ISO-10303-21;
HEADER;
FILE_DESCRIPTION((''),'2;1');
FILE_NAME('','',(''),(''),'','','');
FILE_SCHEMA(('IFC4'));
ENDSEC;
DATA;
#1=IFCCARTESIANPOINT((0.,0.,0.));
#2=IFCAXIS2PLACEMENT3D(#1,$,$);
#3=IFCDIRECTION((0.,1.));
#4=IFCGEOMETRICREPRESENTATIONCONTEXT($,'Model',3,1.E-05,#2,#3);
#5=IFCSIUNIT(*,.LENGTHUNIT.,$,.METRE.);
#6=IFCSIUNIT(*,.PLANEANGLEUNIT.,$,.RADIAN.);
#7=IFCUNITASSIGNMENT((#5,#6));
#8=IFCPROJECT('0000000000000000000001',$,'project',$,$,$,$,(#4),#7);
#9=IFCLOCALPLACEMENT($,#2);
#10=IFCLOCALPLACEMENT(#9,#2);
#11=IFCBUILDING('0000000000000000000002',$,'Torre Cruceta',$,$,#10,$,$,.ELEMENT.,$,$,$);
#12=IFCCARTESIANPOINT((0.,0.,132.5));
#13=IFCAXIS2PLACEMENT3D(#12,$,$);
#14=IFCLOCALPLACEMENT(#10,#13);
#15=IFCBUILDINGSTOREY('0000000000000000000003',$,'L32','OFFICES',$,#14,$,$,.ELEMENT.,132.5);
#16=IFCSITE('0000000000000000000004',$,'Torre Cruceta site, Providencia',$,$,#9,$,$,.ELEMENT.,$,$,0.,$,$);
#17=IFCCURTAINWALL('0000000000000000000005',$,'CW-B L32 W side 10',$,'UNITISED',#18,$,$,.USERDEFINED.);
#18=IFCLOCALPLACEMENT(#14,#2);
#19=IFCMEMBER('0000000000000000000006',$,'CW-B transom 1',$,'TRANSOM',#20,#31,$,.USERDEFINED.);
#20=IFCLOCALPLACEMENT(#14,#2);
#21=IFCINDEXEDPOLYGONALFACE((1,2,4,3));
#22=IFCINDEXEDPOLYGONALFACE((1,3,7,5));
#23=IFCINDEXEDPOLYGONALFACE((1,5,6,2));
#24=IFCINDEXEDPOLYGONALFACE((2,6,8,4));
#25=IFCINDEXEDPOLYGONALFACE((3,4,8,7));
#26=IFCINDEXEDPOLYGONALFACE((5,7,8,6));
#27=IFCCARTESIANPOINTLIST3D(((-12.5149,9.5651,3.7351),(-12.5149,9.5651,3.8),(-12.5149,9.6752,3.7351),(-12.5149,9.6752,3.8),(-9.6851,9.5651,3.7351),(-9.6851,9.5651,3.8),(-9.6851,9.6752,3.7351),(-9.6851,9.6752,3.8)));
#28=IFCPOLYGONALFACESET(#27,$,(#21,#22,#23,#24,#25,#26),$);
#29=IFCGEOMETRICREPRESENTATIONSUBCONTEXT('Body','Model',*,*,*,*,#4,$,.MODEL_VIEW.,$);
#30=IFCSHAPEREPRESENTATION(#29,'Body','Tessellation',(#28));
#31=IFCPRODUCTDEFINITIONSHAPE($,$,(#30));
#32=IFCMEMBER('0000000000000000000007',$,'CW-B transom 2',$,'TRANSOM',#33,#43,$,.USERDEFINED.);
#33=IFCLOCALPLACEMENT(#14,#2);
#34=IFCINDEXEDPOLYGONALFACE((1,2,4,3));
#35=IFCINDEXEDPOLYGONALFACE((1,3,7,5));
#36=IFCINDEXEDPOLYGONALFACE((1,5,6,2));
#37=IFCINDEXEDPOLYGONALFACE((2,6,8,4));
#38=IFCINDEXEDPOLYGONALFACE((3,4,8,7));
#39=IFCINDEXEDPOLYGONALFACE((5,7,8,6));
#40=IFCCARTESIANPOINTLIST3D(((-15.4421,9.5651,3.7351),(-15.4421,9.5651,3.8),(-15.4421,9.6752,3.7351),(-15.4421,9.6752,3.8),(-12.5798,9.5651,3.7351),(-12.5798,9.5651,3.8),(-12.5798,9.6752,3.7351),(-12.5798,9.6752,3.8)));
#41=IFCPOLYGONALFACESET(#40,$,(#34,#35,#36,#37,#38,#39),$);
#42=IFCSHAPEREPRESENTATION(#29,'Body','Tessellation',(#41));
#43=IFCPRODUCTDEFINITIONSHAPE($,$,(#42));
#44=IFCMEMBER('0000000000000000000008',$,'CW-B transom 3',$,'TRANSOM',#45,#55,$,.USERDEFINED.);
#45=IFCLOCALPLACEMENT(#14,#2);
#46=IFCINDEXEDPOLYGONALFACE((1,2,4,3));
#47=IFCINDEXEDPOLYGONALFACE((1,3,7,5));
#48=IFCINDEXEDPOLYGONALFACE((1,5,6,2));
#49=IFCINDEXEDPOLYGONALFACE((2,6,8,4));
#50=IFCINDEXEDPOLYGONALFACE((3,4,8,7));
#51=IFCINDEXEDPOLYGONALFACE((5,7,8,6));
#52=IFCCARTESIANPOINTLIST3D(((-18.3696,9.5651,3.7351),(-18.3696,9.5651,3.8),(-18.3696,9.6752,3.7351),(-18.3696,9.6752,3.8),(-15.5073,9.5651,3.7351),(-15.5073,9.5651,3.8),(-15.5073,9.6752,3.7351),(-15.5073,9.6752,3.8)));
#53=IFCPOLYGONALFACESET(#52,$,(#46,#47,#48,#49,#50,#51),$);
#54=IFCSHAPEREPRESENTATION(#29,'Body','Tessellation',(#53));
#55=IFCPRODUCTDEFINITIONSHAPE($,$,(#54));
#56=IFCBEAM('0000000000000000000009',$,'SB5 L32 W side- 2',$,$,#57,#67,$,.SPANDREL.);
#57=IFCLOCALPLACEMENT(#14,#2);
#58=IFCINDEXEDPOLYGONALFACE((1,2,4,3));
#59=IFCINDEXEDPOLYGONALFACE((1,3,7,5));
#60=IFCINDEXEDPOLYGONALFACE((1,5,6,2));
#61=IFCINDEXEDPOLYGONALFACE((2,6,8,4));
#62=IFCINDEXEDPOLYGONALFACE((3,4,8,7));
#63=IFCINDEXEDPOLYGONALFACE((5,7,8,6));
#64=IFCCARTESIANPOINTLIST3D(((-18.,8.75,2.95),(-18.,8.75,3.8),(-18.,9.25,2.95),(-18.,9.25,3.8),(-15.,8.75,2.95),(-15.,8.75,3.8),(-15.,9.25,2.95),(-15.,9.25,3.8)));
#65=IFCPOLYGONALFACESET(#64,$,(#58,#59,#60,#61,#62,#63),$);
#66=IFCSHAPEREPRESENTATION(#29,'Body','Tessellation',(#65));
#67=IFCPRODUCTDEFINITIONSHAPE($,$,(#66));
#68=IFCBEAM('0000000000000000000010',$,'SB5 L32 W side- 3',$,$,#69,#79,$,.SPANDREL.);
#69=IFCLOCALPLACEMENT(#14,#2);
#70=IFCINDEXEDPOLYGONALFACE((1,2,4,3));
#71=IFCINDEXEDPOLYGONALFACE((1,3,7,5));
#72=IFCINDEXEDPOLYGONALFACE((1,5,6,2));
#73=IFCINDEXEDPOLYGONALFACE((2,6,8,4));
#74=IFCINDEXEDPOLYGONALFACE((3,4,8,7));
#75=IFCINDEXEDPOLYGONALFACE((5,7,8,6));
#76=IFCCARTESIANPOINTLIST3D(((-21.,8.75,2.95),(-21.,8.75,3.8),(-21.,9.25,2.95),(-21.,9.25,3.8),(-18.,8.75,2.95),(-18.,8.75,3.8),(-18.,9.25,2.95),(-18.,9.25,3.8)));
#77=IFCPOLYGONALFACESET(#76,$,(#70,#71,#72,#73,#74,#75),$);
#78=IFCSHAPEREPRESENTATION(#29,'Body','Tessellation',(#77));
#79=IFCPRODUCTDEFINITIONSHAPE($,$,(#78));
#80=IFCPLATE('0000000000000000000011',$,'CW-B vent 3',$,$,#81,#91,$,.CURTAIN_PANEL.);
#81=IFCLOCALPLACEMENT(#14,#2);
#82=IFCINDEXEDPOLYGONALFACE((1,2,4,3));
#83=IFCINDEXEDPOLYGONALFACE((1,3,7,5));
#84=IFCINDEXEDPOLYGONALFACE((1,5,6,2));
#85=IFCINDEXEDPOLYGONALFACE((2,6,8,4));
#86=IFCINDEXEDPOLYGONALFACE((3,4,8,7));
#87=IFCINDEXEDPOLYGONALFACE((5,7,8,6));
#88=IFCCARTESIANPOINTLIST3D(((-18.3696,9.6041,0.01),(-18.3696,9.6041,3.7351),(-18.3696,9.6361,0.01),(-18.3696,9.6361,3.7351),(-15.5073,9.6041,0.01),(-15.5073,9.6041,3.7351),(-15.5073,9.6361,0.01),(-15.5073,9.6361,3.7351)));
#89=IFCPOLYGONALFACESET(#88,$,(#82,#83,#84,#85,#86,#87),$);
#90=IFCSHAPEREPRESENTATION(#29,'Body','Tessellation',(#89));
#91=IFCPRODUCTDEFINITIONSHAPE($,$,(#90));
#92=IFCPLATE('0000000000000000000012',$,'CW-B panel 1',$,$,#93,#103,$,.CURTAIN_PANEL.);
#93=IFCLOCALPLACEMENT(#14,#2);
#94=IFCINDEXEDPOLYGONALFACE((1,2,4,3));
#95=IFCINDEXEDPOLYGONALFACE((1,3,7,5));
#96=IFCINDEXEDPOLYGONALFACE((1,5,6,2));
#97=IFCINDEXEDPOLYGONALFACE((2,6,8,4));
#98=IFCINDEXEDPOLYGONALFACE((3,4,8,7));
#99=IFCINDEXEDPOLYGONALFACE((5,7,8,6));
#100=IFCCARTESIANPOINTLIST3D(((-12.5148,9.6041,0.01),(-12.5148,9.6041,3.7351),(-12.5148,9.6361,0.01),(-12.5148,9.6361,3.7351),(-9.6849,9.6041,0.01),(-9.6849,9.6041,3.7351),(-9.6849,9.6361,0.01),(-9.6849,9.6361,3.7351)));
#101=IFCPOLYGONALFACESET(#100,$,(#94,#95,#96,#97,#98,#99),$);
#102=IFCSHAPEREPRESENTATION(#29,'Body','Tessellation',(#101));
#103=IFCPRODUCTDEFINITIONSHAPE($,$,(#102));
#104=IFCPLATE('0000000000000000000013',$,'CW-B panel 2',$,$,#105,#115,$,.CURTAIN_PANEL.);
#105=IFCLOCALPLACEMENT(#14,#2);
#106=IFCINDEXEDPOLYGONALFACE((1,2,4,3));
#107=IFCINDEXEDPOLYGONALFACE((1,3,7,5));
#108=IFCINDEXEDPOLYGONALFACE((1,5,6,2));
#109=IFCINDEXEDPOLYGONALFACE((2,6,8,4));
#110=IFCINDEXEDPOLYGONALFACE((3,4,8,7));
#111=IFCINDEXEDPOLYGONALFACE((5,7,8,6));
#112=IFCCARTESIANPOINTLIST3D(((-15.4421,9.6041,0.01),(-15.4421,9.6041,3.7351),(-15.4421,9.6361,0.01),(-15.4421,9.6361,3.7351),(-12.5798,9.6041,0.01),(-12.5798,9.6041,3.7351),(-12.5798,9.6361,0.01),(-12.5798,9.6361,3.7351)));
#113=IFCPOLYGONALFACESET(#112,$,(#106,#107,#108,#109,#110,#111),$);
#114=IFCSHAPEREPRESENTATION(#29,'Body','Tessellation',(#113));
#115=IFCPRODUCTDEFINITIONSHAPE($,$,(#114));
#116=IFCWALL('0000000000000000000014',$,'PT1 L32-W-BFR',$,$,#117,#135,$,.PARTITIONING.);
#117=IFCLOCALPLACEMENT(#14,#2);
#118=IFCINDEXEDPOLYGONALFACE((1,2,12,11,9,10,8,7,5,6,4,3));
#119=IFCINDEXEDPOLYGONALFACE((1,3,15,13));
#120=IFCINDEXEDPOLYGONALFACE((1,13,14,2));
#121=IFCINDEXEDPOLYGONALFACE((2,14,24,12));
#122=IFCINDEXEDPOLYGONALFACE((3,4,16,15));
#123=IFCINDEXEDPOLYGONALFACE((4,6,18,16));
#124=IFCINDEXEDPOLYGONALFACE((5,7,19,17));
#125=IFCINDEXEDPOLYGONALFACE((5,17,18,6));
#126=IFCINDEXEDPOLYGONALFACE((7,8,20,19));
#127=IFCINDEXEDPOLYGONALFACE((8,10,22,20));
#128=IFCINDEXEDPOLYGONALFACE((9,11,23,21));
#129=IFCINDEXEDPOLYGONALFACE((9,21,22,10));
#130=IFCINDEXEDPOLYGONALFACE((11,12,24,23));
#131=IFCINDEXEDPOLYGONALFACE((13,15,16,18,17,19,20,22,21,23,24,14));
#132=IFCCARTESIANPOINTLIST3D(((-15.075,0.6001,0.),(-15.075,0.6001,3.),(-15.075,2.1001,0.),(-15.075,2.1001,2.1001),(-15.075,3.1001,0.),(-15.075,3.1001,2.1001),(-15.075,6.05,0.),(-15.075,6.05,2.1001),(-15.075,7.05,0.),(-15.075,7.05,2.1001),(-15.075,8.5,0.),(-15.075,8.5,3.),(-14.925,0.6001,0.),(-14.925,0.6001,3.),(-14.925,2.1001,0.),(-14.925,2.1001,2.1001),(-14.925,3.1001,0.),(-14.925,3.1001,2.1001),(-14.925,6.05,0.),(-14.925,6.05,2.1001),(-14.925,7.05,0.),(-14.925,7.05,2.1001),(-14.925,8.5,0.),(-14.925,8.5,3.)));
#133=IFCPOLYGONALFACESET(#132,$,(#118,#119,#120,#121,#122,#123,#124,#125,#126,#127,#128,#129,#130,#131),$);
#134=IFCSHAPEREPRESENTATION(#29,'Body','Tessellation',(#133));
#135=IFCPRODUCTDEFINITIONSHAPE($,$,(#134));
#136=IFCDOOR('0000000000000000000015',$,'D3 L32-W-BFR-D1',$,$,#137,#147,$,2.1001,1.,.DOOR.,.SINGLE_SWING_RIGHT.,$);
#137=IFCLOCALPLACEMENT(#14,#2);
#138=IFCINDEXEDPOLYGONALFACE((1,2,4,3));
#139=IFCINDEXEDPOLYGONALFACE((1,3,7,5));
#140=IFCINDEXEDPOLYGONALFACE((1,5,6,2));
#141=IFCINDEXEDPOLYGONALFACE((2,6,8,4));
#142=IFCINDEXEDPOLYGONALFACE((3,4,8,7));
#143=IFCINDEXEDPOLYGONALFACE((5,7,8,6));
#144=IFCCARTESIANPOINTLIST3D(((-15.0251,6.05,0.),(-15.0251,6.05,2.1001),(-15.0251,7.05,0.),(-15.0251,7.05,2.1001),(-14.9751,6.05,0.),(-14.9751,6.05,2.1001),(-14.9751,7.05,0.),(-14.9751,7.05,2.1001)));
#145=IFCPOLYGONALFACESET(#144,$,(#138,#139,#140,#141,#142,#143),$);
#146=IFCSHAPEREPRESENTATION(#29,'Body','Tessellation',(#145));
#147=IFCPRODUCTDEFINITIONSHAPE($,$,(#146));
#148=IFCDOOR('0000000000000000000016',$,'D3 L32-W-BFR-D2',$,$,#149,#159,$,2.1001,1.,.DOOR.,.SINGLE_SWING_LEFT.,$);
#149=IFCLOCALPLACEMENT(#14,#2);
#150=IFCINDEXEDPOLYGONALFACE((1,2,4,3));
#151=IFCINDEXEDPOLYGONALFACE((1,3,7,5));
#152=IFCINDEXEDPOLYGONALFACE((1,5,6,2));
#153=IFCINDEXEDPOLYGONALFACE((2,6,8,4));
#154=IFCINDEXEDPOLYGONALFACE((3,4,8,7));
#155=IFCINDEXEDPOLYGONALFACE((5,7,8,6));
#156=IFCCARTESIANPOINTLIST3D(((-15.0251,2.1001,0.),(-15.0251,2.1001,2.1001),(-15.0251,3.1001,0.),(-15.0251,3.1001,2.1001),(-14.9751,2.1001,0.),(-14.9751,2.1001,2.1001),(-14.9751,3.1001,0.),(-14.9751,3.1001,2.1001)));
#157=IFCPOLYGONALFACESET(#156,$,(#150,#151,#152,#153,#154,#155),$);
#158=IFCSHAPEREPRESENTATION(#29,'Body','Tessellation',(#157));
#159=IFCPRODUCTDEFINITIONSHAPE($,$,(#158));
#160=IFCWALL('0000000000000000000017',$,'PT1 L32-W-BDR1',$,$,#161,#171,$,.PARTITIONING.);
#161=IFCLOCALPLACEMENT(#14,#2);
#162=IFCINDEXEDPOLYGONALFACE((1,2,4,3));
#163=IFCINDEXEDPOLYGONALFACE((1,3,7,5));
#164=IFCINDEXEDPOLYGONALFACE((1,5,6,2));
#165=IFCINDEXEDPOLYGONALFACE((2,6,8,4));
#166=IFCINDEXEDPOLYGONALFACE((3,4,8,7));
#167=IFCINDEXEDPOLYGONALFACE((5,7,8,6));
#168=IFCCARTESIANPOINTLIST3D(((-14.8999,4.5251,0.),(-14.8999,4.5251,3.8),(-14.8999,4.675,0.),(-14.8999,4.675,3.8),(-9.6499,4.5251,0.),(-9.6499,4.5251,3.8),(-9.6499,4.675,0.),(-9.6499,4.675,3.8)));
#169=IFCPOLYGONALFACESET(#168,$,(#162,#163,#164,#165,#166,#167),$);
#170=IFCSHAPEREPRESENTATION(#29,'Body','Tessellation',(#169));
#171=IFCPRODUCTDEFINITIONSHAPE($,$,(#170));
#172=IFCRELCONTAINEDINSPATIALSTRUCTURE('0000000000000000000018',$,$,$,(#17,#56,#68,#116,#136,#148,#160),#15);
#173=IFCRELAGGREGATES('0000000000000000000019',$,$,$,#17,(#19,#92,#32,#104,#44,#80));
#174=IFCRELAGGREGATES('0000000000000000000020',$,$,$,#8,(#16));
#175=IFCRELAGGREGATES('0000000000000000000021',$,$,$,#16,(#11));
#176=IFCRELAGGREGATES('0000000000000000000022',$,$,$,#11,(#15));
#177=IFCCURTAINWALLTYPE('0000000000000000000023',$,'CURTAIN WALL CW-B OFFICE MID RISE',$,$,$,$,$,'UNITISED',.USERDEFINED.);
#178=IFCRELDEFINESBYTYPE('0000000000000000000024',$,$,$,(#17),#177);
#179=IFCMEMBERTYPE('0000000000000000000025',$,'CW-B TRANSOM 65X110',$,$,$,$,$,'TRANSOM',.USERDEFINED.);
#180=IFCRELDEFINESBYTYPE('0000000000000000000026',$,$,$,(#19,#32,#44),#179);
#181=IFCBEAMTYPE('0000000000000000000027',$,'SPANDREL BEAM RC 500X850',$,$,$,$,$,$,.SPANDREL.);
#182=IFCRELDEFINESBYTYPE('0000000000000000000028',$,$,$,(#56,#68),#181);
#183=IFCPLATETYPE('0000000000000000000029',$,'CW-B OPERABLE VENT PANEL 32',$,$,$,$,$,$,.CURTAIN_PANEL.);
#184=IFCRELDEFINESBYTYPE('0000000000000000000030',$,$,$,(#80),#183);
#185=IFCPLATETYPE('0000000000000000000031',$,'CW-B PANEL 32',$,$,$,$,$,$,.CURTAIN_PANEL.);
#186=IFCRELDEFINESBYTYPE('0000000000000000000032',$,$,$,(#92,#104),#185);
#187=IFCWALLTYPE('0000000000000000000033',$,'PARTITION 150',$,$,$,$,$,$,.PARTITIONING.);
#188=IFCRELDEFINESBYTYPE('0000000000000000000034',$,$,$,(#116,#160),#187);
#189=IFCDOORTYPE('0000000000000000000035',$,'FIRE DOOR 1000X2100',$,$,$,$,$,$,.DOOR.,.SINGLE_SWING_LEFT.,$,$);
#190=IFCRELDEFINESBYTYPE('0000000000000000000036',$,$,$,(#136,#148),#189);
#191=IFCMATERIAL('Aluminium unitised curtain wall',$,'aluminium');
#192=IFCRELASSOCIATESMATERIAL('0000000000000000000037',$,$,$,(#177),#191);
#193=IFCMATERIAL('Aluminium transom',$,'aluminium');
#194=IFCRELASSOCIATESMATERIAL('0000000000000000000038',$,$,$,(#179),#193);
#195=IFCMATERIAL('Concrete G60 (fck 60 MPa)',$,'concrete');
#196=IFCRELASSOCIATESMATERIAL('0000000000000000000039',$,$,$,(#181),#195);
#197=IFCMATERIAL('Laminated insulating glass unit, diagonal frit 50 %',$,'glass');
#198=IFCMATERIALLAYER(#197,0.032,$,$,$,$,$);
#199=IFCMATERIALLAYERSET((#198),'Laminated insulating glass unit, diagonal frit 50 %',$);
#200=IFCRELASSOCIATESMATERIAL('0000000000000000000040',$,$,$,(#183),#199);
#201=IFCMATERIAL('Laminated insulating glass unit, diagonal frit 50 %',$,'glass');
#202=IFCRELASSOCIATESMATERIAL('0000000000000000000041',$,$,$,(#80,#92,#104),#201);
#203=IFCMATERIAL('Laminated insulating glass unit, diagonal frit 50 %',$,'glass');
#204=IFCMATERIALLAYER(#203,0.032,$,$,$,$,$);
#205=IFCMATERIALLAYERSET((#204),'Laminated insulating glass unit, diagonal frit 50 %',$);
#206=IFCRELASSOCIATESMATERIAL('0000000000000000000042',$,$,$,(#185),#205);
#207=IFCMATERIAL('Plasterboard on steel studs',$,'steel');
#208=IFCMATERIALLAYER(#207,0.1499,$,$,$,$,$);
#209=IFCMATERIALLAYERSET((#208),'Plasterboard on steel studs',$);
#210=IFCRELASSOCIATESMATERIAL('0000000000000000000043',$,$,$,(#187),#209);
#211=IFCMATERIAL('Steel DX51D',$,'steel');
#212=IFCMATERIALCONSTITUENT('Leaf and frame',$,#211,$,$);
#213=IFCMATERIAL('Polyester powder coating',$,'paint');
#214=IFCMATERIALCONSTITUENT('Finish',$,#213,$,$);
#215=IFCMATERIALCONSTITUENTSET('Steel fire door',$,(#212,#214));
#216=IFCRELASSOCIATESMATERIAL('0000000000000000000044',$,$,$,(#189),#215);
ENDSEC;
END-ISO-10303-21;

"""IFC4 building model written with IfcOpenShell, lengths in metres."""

from ifc_helpers import new_model, si_unit, direction, frame, frame_2d, origin, origin_2d, place, context, subcontext, project, spatial, rectangle, extrude, material, layer, layer_set, constituent, constituent_set, material_profile, profile_set, type_object, element, fill, aggregate, save


model = new_model("IFC4")

# Units and contexts
model_context = context("Model", 3, precision=1e-05, world=origin(), true_north=direction((0.0, 1.0)))
body_context = subcontext(model_context, "Body", "Model", "MODEL_VIEW")
ifc_project = project(units=[si_unit("LENGTHUNIT", "METRE"), si_unit("PLANEANGLEUNIT", "RADIAN")], contexts=[model_context])

# Site, building, storey
site_placement = place(None, origin())
site = spatial("IfcSite", under=ifc_project, at=site_placement, Name="Torre Cruceta site, Providencia", CompositionType="ELEMENT", RefElevation=0.0)
building_placement = place(site_placement, origin())
building = spatial("IfcBuilding", under=site, at=building_placement, Name="Torre Cruceta", CompositionType="ELEMENT")
storey_placement = place(building_placement, frame((0.0, 0.0, 132.5)))
storey = spatial("IfcBuildingStorey", under=building, at=storey_placement, Name="L32", Description="OFFICES", CompositionType="ELEMENT", Elevation=132.5)

# Curtain wall, members
ifc_material_1 = material(Name="Aluminium unitised curtain wall", Category="aluminium")
curtain_wall_type = type_object("IfcCurtainWallType", Name="CURTAIN WALL CW-B OFFICE MID RISE", ElementType="UNITISED", PredefinedType="USERDEFINED", material=ifc_material_1)
curtain_wall_placement = place(storey_placement, origin())
curtain_wall = element("IfcCurtainWall", 1, at=curtain_wall_placement, inside=storey, type_object=curtain_wall_type, Name="CW-B L32 W side 10", ObjectType="UNITISED", PredefinedType="USERDEFINED")
ifc_material_2 = material(Name="Aluminium transom", Category="aluminium")
ifc_material_profile_1 = material_profile(ifc_material_2, rectangle(XDim=0.1101, YDim=0.0649, at=origin_2d()), Name="AL 110X65")
ifc_profile_set_1 = profile_set([ifc_material_profile_1], Name="Aluminium transom")
member_type_1 = type_object("IfcMemberType", Name="CW-B TRANSOM 65X110", ElementType="TRANSOM", PredefinedType="USERDEFINED", material=ifc_profile_set_1)
member_1_placement = place(storey_placement, frame((-9.6851, 9.6201, 3.7676), z_axis=(-1.0, 0.0, 0.0), x_axis=(0.0, -1.0, 0.0)))
member_1 = element("IfcMember", 2, at=member_1_placement, type_object=member_type_1, Name="CW-B transom 1", ObjectType="TRANSOM", PredefinedType="USERDEFINED", context=body_context, shape_type="SweptSolid", body=[
    extrude(rectangle(XDim=0.1101, YDim=0.0649, at=origin_2d()), origin(), (0.0, 0.0, 1.0), 2.8298),
])
member_2_placement = place(storey_placement, frame((-12.5798, 9.6201, 3.7676), z_axis=(-1.0, 0.0, 0.0), x_axis=(0.0, -1.0, 0.0)))
member_2 = element("IfcMember", 3, at=member_2_placement, type_object=member_type_1, Name="CW-B transom 2", ObjectType="TRANSOM", PredefinedType="USERDEFINED", context=body_context, shape_type="SweptSolid", body=[
    extrude(rectangle(XDim=0.1101, YDim=0.0649, at=origin_2d()), origin(), (0.0, 0.0, 1.0), 2.8623),
])
member_3_placement = place(storey_placement, frame((-15.5073, 9.6201, 3.7676), z_axis=(-1.0, 0.0, 0.0), x_axis=(0.0, -1.0, 0.0)))
member_3 = element("IfcMember", 4, at=member_3_placement, type_object=member_type_1, Name="CW-B transom 3", ObjectType="TRANSOM", PredefinedType="USERDEFINED", context=body_context, shape_type="SweptSolid", body=[
    extrude(rectangle(XDim=0.1101, YDim=0.0649, at=origin_2d()), origin(), (0.0, 0.0, 1.0), 2.8623),
])

# Beams
ifc_material_3 = material(Name="Concrete G60 (fck 60 MPa)", Category="concrete")
ifc_material_profile_2 = material_profile(ifc_material_3, rectangle(XDim=0.5, YDim=0.8501, at=origin_2d()), Name="RC 500X850")
ifc_profile_set_2 = profile_set([ifc_material_profile_2], Name="Concrete G60 (fck 60 MPa)")
beam_type_1 = type_object("IfcBeamType", Name="SPANDREL BEAM RC 500X850", PredefinedType="SPANDREL", material=ifc_profile_set_2)
for number, where, z_axis, x_axis, name in (
    (5, (-15.0, 9.0, 3.375), (-1.0, 0.0, 0.0), (0.0, -1.0, 0.0), "SB5 L32 W side- 2"),
    (6, (-18.0, 9.0, 3.375), (-1.0, 0.0, 0.0), (0.0, -1.0, 0.0), "SB5 L32 W side- 3"),
):
    element("IfcBeam", number, at=place(storey_placement, frame(where, z_axis=z_axis, x_axis=x_axis)), inside=storey, type_object=beam_type_1, Name=name, PredefinedType="SPANDREL", context=body_context, shape_type="SweptSolid", body=[
        extrude(rectangle(XDim=0.5, YDim=0.8501, at=origin_2d()), origin(), (0.0, 0.0, 1.0), 3.0),
    ])

# Plates
ifc_material_4 = material(Name="Laminated insulating glass unit, diagonal frit 50 %", Category="glass")
ifc_material_5 = material(Name="Laminated insulating glass unit, diagonal frit 50 %", Category="glass")
ifc_layer_1 = layer(ifc_material_5, 0.032)
ifc_layer_set_1 = layer_set([ifc_layer_1], Name="Laminated insulating glass unit, diagonal frit 50 %")
plate_type_1 = type_object("IfcPlateType", Name="CW-B OPERABLE VENT PANEL 32", PredefinedType="CURTAIN_PANEL", material=ifc_layer_set_1)
plate_1_placement = place(storey_placement, frame((-16.9385, 9.6201, 0.01), z_axis=(0.0, 0.0, 1.0), x_axis=(-1.0, 0.0, 0.0)))
plate_1 = element("IfcPlate", 7, at=plate_1_placement, type_object=plate_type_1, material=ifc_material_4, Name="CW-B vent 3", PredefinedType="CURTAIN_PANEL", context=body_context, shape_type="SweptSolid", body=[
    extrude(rectangle(XDim=2.8623, YDim=0.032, at=origin_2d()), origin(), (0.0, 0.0, 1.0), 3.7251),
])
ifc_material_6 = material(Name="Laminated insulating glass unit, diagonal frit 50 %", Category="glass")
ifc_layer_2 = layer(ifc_material_6, 0.032)
ifc_layer_set_2 = layer_set([ifc_layer_2], Name="Laminated insulating glass unit, diagonal frit 50 %")
plate_type_2 = type_object("IfcPlateType", Name="CW-B PANEL 32", PredefinedType="CURTAIN_PANEL", material=ifc_layer_set_2)
plate_2_placement = place(storey_placement, frame((-11.0999, 9.6201, 0.01), z_axis=(0.0, 0.0, 1.0), x_axis=(-1.0, 0.0, 0.0)))
plate_2 = element("IfcPlate", 8, at=plate_2_placement, type_object=plate_type_2, material=ifc_material_4, Name="CW-B panel 1", PredefinedType="CURTAIN_PANEL", context=body_context, shape_type="SweptSolid", body=[
    extrude(rectangle(XDim=2.8298, YDim=0.032, at=origin_2d()), origin(), (0.0, 0.0, 1.0), 3.7251),
])
plate_3_placement = place(storey_placement, frame((-14.011, 9.6201, 0.01), z_axis=(0.0, 0.0, 1.0), x_axis=(-1.0, 0.0, 0.0)))
plate_3 = element("IfcPlate", 9, at=plate_3_placement, type_object=plate_type_2, material=ifc_material_4, Name="CW-B panel 2", PredefinedType="CURTAIN_PANEL", context=body_context, shape_type="SweptSolid", body=[
    extrude(rectangle(XDim=2.8623, YDim=0.032, at=origin_2d()), origin(), (0.0, 0.0, 1.0), 3.7251),
])
aggregate(curtain_wall, [member_1, plate_2, member_2, plate_3, member_3, plate_1])

# Wall, openings, doors
ifc_material_7 = material(Name="Plasterboard on steel studs", Category="steel")
ifc_layer_3 = layer(ifc_material_7, 0.1499)
ifc_layer_set_3 = layer_set([ifc_layer_3], Name="Plasterboard on steel studs")
wall_type = type_object("IfcWallType", Name="PARTITION 150", PredefinedType="PARTITIONING", material=ifc_layer_set_3)
wall_1_placement = place(storey_placement, frame((-15.0, 8.5, 0.0), z_axis=(0.0, 0.0, 1.0), x_axis=(0.0, -1.0, 0.0)))
wall_1 = element("IfcWall", 10, at=wall_1_placement, inside=storey, type_object=wall_type, Name="PT1 L32-W-BFR", PredefinedType="PARTITIONING", context=body_context, shape_type="SweptSolid", body=[
    extrude(rectangle(XDim=7.8999, YDim=0.1499, at=frame_2d((3.95, 0.0))), origin(), (0.0, 0.0, 1.0), 3.0),
])
opening_1_placement = place(wall_1_placement, frame((1.45, 0.0, 0.0)))
opening_1 = element("IfcOpeningElement", 11, at=opening_1_placement, cuts=wall_1, PredefinedType="OPENING", context=body_context, shape_type="SweptSolid", body=[
    extrude(rectangle(XDim=1.0, YDim=2.1001, at=frame_2d((0.5, 1.05))), frame((0.0, 0.085, 0.0), z_axis=(0.0, -1.0, 0.0), x_axis=(1.0, 0.0, 0.0)), (0.0, 0.0, 1.0), 0.1699),
])
opening_2_placement = place(wall_1_placement, frame((5.3999, 0.0, 0.0)))
opening_2 = element("IfcOpeningElement", 12, at=opening_2_placement, cuts=wall_1, PredefinedType="OPENING", context=body_context, shape_type="SweptSolid", body=[
    extrude(rectangle(XDim=1.0, YDim=2.1001, at=frame_2d((0.5, 1.05))), frame((0.0, 0.085, 0.0), z_axis=(0.0, -1.0, 0.0), x_axis=(1.0, 0.0, 0.0)), (0.0, 0.0, 1.0), 0.1699),
])
ifc_material_8 = material(Name="Steel DX51D", Category="steel")
ifc_constituent_1 = constituent(ifc_material_8, Name="Leaf and frame")
ifc_material_9 = material(Name="Polyester powder coating", Category="paint")
ifc_constituent_2 = constituent(ifc_material_9, Name="Finish")
ifc_constituent_set = constituent_set(constituents=[ifc_constituent_1, ifc_constituent_2], Name="Steel fire door")
door_type = type_object("IfcDoorType", Name="FIRE DOOR 1000X2100", OperationType="SINGLE_SWING_LEFT", PredefinedType="DOOR", material=ifc_constituent_set)
door_1_placement = place(opening_1_placement, origin())
door_1 = element("IfcDoor", 13, at=door_1_placement, inside=storey, type_object=door_type, Name="D3 L32-W-BFR-D1", OperationType="SINGLE_SWING_RIGHT", OverallHeight=2.1001, OverallWidth=1.0, PredefinedType="DOOR", context=body_context, shape_type="SweptSolid", body=[
    extrude(rectangle(XDim=1.0, YDim=2.1001, at=frame_2d((0.5, 1.05))), frame((0.0, 0.0249, 0.0), z_axis=(0.0, -1.0, 0.0), x_axis=(1.0, 0.0, 0.0)), (0.0, 0.0, 1.0), 0.05),
])
fill(opening_1, door_1)
door_2_placement = place(opening_2_placement, origin())
door_2 = element("IfcDoor", 14, at=door_2_placement, inside=storey, type_object=door_type, Name="D3 L32-W-BFR-D2", OperationType="SINGLE_SWING_LEFT", OverallHeight=2.1001, OverallWidth=1.0, PredefinedType="DOOR", context=body_context, shape_type="SweptSolid", body=[
    extrude(rectangle(XDim=1.0, YDim=2.1001, at=frame_2d((0.5, 1.05))), frame((0.0, 0.0249, 0.0), z_axis=(0.0, -1.0, 0.0), x_axis=(1.0, 0.0, 0.0)), (0.0, 0.0, 1.0), 0.05),
])
fill(opening_2, door_2)

# Wall
wall_2_placement = place(storey_placement, frame((-9.6499, 4.6001, 0.0), z_axis=(0.0, 0.0, 1.0), x_axis=(-1.0, 0.0, 0.0)))
element("IfcWall", 15, at=wall_2_placement, inside=storey, type_object=wall_type, Name="PT1 L32-W-BDR1", PredefinedType="PARTITIONING", context=body_context, shape_type="SweptSolid", body=[
    extrude(rectangle(XDim=5.25, YDim=0.1499, at=frame_2d((2.625, 0.0))), origin(), (0.0, 0.0, 1.0), 3.8),
])

save(model, "model.ifc")
